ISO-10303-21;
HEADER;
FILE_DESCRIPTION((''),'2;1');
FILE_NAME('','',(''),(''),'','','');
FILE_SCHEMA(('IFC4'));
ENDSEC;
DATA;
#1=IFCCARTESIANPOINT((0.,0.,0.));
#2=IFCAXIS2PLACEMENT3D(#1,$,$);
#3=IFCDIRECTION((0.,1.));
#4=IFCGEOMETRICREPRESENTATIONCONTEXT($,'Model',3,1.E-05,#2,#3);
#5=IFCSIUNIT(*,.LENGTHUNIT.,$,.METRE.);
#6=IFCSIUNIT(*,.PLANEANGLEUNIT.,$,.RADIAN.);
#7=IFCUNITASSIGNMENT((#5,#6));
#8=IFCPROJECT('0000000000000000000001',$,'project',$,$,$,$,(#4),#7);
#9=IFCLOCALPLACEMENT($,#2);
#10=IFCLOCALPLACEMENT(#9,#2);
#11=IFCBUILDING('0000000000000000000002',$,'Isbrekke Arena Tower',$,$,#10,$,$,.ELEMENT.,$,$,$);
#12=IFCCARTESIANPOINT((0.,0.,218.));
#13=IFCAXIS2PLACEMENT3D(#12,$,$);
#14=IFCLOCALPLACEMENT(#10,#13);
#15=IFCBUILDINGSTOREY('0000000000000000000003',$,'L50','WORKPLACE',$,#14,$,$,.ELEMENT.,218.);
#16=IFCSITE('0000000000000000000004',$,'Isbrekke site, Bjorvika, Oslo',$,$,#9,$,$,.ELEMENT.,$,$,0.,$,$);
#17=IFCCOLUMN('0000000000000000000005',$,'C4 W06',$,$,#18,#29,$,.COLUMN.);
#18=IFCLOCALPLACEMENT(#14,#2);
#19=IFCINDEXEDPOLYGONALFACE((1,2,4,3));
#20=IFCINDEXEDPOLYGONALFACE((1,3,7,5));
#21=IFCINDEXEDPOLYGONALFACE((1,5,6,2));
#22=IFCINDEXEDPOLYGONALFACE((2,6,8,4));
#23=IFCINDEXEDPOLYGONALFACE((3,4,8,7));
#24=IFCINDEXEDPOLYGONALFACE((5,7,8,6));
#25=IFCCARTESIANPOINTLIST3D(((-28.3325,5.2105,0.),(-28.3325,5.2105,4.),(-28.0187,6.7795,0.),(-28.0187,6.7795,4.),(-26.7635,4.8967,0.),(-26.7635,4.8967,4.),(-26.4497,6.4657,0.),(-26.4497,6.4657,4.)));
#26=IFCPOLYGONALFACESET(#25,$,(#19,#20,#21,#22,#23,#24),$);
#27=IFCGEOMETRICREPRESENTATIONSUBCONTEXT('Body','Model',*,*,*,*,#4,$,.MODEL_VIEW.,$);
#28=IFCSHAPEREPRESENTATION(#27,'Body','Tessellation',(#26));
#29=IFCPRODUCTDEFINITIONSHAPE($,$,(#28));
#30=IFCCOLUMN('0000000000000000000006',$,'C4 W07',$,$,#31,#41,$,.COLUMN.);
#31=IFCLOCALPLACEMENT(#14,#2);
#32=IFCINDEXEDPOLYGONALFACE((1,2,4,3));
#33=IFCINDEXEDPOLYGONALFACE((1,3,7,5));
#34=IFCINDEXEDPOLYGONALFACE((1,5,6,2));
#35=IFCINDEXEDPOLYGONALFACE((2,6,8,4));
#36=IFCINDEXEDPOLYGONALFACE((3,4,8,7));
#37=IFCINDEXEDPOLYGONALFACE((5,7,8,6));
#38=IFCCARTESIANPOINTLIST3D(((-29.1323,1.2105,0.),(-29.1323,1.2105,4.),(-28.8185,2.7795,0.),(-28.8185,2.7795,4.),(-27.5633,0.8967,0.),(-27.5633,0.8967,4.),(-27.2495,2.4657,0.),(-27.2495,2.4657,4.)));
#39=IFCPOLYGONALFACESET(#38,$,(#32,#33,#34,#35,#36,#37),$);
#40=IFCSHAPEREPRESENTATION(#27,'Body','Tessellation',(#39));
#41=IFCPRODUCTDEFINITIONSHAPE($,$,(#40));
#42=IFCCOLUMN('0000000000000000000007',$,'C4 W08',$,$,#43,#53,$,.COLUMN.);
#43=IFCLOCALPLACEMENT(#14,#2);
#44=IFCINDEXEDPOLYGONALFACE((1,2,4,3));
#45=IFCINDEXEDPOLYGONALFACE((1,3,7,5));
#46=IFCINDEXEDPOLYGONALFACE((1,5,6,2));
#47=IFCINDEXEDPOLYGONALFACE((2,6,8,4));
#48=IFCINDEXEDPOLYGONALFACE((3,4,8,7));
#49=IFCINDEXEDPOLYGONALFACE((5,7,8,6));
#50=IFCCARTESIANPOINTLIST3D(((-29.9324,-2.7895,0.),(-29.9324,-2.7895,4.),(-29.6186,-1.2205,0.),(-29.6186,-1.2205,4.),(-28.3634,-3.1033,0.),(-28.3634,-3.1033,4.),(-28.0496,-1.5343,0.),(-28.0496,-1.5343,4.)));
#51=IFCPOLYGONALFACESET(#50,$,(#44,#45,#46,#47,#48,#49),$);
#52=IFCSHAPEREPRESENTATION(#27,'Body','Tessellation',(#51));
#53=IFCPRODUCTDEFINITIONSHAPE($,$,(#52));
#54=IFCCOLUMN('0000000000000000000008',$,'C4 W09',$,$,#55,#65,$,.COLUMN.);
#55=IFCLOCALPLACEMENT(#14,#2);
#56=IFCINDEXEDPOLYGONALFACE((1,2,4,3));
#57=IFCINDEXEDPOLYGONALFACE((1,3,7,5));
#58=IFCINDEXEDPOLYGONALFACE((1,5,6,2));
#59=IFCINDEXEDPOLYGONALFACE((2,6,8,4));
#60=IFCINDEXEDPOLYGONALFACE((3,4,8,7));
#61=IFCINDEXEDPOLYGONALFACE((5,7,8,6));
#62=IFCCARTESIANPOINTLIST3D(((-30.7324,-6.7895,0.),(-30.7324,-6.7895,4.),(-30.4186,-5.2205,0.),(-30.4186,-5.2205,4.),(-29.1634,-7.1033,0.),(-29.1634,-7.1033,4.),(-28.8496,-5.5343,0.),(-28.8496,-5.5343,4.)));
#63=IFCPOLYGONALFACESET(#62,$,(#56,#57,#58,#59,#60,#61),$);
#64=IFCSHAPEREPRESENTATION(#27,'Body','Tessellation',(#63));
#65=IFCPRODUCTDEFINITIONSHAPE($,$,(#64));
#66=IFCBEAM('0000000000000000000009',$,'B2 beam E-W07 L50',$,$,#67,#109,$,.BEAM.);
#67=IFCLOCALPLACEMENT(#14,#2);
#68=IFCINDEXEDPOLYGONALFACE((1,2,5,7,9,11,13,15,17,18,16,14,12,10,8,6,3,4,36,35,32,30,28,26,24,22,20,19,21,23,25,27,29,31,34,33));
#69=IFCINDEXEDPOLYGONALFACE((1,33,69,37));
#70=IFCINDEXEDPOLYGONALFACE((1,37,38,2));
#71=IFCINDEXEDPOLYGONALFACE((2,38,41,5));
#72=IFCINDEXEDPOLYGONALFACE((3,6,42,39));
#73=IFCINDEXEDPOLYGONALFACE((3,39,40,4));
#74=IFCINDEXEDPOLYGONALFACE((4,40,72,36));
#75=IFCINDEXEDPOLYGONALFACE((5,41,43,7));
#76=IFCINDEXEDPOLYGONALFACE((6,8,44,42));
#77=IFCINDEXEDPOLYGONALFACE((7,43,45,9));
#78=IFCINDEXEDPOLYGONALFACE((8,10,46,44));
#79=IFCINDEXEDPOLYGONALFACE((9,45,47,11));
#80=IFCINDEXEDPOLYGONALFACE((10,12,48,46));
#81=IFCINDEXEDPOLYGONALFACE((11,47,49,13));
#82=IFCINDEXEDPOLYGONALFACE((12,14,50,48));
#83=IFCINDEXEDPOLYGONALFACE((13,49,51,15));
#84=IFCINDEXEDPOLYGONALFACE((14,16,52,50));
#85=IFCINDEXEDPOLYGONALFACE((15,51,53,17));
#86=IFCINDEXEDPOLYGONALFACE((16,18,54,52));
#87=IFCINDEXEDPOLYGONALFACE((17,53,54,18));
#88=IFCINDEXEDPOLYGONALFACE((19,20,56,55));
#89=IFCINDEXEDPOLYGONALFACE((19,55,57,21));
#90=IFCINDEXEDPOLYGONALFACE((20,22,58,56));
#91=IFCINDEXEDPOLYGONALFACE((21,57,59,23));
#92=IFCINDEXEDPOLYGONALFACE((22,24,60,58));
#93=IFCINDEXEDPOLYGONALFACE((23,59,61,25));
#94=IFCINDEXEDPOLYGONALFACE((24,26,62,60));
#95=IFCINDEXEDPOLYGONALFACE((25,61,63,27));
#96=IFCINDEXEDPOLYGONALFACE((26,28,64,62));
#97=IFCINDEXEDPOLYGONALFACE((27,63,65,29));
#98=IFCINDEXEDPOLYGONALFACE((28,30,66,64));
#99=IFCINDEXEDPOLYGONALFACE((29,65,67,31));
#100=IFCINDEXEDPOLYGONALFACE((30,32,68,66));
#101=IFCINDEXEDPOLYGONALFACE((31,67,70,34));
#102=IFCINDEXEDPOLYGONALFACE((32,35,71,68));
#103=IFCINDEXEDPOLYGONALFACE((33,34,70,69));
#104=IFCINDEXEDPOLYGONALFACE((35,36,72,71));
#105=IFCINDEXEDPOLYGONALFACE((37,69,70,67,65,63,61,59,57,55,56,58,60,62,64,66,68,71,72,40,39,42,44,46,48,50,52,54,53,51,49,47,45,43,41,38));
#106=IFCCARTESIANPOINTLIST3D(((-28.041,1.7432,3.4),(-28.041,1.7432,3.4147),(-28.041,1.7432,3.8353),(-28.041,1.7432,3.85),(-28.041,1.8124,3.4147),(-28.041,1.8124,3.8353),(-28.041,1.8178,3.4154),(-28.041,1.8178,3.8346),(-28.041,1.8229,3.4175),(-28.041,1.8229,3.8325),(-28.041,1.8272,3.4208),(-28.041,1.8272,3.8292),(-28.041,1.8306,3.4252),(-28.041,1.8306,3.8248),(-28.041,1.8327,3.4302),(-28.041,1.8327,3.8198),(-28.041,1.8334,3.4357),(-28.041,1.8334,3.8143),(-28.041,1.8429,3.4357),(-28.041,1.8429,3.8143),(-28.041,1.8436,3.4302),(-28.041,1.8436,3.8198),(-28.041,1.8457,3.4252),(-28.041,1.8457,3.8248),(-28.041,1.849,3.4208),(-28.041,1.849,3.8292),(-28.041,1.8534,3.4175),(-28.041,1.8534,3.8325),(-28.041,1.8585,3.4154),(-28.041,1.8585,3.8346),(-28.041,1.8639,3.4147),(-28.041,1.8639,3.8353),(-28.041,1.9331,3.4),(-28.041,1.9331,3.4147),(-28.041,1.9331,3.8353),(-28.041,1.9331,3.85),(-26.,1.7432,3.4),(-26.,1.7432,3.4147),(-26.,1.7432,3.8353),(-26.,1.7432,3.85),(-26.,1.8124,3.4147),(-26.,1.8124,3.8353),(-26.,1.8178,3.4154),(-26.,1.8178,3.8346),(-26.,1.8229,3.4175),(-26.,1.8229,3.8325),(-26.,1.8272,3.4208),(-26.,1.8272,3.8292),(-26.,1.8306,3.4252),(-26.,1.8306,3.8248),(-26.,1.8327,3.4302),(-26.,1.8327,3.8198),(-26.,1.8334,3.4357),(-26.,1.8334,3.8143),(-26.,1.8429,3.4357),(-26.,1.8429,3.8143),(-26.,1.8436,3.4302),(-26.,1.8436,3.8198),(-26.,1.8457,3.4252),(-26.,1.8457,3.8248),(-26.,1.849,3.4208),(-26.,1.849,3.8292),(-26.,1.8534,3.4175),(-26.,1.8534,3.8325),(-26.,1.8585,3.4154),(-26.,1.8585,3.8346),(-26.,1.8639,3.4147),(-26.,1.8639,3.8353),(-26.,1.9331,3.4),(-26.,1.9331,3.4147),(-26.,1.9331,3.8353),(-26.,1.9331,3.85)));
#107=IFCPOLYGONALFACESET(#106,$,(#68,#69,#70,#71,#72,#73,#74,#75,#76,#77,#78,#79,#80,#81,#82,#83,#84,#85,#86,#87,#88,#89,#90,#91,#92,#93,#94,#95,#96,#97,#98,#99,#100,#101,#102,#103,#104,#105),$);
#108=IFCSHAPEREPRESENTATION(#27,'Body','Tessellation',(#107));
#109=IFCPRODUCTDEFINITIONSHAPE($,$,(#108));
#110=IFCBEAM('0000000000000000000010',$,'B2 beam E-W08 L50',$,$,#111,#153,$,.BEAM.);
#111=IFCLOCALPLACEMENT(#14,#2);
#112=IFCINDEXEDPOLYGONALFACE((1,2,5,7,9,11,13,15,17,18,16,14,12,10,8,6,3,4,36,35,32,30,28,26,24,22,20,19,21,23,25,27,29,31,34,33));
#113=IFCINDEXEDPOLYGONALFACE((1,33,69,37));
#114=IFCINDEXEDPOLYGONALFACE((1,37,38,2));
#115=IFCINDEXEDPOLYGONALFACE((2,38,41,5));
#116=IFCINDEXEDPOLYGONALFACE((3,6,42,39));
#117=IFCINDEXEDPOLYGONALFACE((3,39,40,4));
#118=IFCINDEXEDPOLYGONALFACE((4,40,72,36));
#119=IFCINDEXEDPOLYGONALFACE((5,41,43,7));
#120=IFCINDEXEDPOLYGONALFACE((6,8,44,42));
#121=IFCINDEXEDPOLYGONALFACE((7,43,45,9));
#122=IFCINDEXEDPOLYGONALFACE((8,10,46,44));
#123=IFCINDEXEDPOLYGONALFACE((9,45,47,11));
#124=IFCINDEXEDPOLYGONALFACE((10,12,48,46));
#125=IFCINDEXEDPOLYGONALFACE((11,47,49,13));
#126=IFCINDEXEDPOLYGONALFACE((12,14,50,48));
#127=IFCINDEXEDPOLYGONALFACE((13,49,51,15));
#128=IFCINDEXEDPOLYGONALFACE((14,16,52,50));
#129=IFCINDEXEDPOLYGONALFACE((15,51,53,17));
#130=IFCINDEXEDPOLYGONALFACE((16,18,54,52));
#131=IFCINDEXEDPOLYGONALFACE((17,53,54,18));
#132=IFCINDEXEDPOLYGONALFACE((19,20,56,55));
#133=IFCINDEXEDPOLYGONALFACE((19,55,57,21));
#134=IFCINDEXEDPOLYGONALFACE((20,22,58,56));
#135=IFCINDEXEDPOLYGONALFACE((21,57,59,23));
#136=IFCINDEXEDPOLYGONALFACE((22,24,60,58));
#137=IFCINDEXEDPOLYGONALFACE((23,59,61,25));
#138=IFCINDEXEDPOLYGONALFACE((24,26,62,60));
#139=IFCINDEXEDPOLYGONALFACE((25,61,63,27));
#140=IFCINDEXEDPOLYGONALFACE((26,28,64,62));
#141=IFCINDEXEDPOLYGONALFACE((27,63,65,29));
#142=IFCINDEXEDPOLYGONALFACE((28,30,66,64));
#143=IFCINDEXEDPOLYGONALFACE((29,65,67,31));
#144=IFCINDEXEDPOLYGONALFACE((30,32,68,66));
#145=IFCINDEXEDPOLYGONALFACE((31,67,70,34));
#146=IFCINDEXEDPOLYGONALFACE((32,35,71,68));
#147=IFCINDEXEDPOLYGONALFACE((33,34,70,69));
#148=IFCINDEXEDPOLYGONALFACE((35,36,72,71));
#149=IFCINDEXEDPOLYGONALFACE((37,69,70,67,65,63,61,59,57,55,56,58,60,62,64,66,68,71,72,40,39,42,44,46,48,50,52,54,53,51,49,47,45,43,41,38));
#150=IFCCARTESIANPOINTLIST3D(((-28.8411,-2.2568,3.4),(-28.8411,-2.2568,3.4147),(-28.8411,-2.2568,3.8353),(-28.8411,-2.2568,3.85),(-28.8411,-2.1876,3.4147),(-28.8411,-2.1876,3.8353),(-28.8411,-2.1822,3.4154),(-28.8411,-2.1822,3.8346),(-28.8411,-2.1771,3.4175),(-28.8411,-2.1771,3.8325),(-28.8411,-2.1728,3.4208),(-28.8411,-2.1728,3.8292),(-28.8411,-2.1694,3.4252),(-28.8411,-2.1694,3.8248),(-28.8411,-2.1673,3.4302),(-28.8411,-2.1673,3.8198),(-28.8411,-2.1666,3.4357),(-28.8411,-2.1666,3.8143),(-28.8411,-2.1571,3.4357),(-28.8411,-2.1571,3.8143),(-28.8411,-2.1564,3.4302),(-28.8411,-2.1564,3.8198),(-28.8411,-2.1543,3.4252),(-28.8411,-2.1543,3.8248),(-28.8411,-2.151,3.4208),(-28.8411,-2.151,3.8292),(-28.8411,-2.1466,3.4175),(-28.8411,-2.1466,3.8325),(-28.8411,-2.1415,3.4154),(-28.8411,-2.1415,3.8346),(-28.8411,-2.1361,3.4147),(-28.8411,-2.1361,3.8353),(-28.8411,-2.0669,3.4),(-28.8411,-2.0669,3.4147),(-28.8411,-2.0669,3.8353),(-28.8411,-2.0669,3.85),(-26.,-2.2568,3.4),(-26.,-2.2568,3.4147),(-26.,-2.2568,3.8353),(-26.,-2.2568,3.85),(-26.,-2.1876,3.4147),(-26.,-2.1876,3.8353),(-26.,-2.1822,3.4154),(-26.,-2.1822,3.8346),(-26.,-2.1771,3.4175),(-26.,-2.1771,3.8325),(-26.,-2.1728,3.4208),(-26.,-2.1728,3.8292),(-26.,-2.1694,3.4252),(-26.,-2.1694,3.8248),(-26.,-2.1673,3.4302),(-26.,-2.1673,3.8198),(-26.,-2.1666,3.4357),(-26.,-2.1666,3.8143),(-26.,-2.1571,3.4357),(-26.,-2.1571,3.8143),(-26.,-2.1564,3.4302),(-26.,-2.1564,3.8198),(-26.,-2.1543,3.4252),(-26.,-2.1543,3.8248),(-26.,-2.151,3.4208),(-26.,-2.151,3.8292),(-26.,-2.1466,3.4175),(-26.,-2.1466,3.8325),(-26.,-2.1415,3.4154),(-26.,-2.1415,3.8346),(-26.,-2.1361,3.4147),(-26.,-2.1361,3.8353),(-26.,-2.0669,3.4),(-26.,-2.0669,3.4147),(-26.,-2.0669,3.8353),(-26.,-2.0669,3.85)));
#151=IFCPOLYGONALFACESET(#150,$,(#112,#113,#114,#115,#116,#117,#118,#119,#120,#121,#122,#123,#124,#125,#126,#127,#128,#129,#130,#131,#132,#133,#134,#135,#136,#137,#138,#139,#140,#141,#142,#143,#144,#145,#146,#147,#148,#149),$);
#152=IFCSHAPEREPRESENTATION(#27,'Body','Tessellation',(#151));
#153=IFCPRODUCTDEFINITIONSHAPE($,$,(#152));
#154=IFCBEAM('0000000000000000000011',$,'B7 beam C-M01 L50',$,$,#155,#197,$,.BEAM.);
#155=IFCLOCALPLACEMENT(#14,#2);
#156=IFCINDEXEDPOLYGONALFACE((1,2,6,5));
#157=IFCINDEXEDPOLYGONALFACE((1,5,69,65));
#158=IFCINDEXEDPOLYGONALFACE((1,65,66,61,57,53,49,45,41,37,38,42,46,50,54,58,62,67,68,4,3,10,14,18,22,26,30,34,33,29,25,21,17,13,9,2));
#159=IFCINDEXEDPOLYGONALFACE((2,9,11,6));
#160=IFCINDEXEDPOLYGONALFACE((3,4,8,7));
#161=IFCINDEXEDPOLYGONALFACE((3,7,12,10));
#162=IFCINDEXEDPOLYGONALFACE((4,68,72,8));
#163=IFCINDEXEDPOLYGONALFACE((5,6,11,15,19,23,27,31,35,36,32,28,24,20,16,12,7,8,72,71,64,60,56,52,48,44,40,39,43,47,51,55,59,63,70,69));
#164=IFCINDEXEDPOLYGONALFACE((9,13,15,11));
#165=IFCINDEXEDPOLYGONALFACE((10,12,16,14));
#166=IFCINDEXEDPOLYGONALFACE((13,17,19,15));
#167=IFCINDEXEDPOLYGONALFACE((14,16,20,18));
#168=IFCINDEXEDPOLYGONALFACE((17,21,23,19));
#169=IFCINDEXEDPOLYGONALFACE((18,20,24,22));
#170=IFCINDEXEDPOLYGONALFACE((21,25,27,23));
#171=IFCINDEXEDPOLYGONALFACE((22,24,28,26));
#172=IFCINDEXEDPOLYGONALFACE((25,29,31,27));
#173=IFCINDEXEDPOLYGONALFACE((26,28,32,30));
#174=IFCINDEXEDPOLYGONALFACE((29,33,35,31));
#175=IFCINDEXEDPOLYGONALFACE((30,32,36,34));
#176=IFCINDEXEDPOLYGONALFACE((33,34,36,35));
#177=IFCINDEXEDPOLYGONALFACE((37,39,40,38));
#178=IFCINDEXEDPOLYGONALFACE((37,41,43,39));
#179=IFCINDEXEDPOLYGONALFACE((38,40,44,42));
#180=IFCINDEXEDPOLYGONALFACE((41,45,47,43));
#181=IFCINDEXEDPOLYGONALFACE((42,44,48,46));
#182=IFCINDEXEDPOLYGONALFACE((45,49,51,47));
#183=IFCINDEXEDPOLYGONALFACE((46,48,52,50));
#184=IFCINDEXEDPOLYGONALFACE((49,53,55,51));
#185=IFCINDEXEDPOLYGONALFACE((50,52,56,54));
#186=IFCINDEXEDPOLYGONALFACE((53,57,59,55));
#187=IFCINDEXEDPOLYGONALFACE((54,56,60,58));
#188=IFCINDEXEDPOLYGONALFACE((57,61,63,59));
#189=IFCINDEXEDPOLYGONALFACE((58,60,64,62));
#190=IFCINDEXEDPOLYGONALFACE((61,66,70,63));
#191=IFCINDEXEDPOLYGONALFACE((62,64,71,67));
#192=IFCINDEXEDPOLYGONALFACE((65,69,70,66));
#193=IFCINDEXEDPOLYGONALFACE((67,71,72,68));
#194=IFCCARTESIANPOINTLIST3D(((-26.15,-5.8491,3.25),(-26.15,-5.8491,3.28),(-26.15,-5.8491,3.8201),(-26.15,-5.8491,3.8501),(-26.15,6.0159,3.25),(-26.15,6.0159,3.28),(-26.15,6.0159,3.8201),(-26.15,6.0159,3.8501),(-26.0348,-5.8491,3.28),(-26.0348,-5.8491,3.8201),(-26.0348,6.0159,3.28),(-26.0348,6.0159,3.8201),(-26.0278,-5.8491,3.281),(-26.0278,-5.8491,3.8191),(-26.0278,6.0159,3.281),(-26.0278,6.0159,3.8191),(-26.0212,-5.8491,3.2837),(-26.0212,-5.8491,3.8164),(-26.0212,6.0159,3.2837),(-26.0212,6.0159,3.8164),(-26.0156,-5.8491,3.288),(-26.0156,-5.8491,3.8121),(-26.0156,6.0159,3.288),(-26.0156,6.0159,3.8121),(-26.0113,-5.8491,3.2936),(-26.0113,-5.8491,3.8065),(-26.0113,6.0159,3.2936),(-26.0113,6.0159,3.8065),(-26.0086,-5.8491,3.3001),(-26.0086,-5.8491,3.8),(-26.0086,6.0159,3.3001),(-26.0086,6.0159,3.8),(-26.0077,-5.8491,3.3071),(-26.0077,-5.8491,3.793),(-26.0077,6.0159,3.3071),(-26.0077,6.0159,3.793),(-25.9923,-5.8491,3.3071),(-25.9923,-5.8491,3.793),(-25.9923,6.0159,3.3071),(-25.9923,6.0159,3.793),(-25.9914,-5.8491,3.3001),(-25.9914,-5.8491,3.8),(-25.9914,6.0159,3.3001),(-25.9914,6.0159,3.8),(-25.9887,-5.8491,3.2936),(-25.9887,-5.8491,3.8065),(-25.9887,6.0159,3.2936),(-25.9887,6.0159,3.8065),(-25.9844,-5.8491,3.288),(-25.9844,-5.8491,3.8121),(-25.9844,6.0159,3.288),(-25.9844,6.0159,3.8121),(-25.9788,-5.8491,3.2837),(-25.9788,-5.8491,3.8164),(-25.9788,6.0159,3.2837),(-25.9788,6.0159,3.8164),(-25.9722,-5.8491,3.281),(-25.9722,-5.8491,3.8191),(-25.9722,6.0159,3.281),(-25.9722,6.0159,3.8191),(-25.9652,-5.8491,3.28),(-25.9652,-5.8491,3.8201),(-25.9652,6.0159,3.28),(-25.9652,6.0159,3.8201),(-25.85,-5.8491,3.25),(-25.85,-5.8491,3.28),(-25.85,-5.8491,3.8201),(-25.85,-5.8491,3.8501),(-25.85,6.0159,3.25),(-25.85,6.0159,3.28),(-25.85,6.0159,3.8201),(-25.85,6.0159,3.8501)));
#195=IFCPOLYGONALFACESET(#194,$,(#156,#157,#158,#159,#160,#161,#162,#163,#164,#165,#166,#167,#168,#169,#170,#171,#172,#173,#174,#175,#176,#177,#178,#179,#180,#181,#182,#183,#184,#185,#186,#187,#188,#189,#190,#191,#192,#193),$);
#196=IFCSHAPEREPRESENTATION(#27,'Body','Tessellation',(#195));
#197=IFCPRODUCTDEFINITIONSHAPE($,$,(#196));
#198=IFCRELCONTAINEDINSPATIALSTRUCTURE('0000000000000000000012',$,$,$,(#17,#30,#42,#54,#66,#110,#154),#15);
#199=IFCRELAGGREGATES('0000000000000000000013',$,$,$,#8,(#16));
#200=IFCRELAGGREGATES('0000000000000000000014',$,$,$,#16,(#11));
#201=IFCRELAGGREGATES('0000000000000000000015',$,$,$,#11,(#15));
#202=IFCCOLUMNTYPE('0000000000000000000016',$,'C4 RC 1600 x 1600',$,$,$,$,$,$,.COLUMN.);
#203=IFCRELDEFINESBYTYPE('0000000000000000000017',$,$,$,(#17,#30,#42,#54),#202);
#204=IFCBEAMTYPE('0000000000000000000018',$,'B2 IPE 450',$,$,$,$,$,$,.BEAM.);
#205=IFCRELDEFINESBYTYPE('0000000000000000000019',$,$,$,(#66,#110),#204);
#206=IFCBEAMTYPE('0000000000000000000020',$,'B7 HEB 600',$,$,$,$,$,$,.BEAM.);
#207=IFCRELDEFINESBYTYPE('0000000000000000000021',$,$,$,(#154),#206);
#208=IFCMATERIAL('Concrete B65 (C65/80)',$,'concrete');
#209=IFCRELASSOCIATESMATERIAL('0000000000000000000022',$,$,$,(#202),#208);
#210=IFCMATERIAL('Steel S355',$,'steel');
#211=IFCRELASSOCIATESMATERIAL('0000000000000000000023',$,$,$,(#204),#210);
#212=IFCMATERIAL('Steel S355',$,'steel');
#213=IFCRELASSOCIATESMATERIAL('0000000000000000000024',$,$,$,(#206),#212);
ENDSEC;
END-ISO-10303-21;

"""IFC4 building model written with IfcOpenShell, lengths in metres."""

from ifc_helpers import new_model, si_unit, direction, frame, origin, origin_2d, place, context, subcontext, project, spatial, rectangle, i_section, extrude, material, material_profile, profile_set, type_object, element, save


model = new_model("IFC4")

# Units and contexts
model_context = context("Model", 3, precision=1e-05, world=origin(), true_north=direction((0.0, 1.0)))
body_context = subcontext(model_context, "Body", "Model", "MODEL_VIEW")
ifc_project = project(units=[si_unit("LENGTHUNIT", "METRE"), si_unit("PLANEANGLEUNIT", "RADIAN")], contexts=[model_context])

# Site, building, storey
site_placement = place(None, origin())
site = spatial("IfcSite", under=ifc_project, at=site_placement, Name="Isbrekke site, Bjorvika, Oslo", CompositionType="ELEMENT", RefElevation=0.0)
building_placement = place(site_placement, origin())
building = spatial("IfcBuilding", under=site, at=building_placement, Name="Isbrekke Arena Tower", CompositionType="ELEMENT")
storey_placement = place(building_placement, frame((0.0, 0.0, 218.0)))
storey = spatial("IfcBuildingStorey", under=building, at=storey_placement, Name="L50", Description="WORKPLACE", CompositionType="ELEMENT", Elevation=218.0)

# Columns
ifc_material_1 = material(Name="Concrete B65 (C65/80)", Category="concrete")
ifc_material_profile_1 = material_profile(ifc_material_1, rectangle(XDim=1.6001, YDim=1.6001, at=origin_2d()), Name="RC 1600x1600")
ifc_profile_set_1 = profile_set([ifc_material_profile_1], Name="Concrete B65 (C65/80)")
column_type = type_object("IfcColumnType", Name="C4 RC 1600 x 1600", PredefinedType="COLUMN", material=ifc_profile_set_1)
for number, where, z_axis, x_axis, name in (
    (1, (-27.3911, 5.8381, 0.0), (0.0, 0.0, 1.0), (-0.196116, -0.980581, 0.0), "C4 W06"),
    (2, (-28.1909, 1.8381, 0.0), (0.0, 0.0, 1.0), (-0.196116, -0.980581, 0.0), "C4 W07"),
    (3, (-28.991, -2.1619, 0.0), (0.0, 0.0, 1.0), (-0.196116, -0.980581, 0.0), "C4 W08"),
    (4, (-29.791, -6.1619, 0.0), (0.0, 0.0, 1.0), (-0.196116, -0.980581, 0.0), "C4 W09"),
):
    element("IfcColumn", number, at=place(storey_placement, frame(where, z_axis=z_axis, x_axis=x_axis)), inside=storey, type_object=column_type, Name=name, PredefinedType="COLUMN", context=body_context, shape_type="SweptSolid", body=[
        extrude(rectangle(XDim=1.6001, YDim=1.6001, at=origin_2d()), origin(), (0.0, 0.0, 1.0), 4.0),
    ])

# Beams
ifc_material_2 = material(Name="Steel S355", Category="steel")
ifc_material_profile_2 = material_profile(ifc_material_2, i_section(OverallWidth=0.1899, OverallDepth=0.45, WebThickness=0.0095, FlangeThickness=0.0146, FilletRadius=0.021, at=origin_2d()), Name="IPE 450")
ifc_profile_set_2 = profile_set([ifc_material_profile_2], Name="Steel S355")
beam_type_1 = type_object("IfcBeamType", Name="B2 IPE 450", PredefinedType="BEAM", material=ifc_profile_set_2)
beam_1_placement = place(storey_placement, frame((-28.041, 1.8381, 3.625), z_axis=(1.0, 0.0, 0.0), x_axis=(0.0, 1.0, 0.0)))
element("IfcBeam", 5, at=beam_1_placement, inside=storey, type_object=beam_type_1, Name="B2 beam E-W07 L50", PredefinedType="BEAM", context=body_context, shape_type="SweptSolid", body=[
    extrude(i_section(OverallWidth=0.1899, OverallDepth=0.45, WebThickness=0.0095, FlangeThickness=0.0146, FilletRadius=0.021, at=origin_2d()), origin(), (0.0, 0.0, 1.0), 2.041),
])
beam_2_placement = place(storey_placement, frame((-28.8411, -2.1619, 3.625), z_axis=(1.0, 0.0, 0.0), x_axis=(0.0, 1.0, 0.0)))
element("IfcBeam", 6, at=beam_2_placement, inside=storey, type_object=beam_type_1, Name="B2 beam E-W08 L50", PredefinedType="BEAM", context=body_context, shape_type="SweptSolid", body=[
    extrude(i_section(OverallWidth=0.1899, OverallDepth=0.45, WebThickness=0.0095, FlangeThickness=0.0146, FilletRadius=0.021, at=origin_2d()), origin(), (0.0, 0.0, 1.0), 2.8411),
])
ifc_material_3 = material(Name="Steel S355", Category="steel")
ifc_material_profile_3 = material_profile(ifc_material_3, i_section(OverallWidth=0.3, OverallDepth=0.6001, WebThickness=0.0154, FlangeThickness=0.03, FilletRadius=0.0271, at=origin_2d()), Name="HEB 600")
ifc_profile_set_3 = profile_set([ifc_material_profile_3], Name="Steel S355")
beam_type_2 = type_object("IfcBeamType", Name="B7 HEB 600", PredefinedType="BEAM", material=ifc_profile_set_3)
beam_3_placement = place(storey_placement, frame((-26.0, -5.8491, 3.55), z_axis=(0.0, 1.0, 0.0), x_axis=(-1.0, 0.0, 0.0)))
element("IfcBeam", 7, at=beam_3_placement, inside=storey, type_object=beam_type_2, Name="B7 beam C-M01 L50", PredefinedType="BEAM", context=body_context, shape_type="SweptSolid", body=[
    extrude(i_section(OverallWidth=0.3, OverallDepth=0.6001, WebThickness=0.0154, FlangeThickness=0.03, FilletRadius=0.0271, at=origin_2d()), origin(), (0.0, 0.0, 1.0), 11.865),
])

save(model, "model.ifc")
